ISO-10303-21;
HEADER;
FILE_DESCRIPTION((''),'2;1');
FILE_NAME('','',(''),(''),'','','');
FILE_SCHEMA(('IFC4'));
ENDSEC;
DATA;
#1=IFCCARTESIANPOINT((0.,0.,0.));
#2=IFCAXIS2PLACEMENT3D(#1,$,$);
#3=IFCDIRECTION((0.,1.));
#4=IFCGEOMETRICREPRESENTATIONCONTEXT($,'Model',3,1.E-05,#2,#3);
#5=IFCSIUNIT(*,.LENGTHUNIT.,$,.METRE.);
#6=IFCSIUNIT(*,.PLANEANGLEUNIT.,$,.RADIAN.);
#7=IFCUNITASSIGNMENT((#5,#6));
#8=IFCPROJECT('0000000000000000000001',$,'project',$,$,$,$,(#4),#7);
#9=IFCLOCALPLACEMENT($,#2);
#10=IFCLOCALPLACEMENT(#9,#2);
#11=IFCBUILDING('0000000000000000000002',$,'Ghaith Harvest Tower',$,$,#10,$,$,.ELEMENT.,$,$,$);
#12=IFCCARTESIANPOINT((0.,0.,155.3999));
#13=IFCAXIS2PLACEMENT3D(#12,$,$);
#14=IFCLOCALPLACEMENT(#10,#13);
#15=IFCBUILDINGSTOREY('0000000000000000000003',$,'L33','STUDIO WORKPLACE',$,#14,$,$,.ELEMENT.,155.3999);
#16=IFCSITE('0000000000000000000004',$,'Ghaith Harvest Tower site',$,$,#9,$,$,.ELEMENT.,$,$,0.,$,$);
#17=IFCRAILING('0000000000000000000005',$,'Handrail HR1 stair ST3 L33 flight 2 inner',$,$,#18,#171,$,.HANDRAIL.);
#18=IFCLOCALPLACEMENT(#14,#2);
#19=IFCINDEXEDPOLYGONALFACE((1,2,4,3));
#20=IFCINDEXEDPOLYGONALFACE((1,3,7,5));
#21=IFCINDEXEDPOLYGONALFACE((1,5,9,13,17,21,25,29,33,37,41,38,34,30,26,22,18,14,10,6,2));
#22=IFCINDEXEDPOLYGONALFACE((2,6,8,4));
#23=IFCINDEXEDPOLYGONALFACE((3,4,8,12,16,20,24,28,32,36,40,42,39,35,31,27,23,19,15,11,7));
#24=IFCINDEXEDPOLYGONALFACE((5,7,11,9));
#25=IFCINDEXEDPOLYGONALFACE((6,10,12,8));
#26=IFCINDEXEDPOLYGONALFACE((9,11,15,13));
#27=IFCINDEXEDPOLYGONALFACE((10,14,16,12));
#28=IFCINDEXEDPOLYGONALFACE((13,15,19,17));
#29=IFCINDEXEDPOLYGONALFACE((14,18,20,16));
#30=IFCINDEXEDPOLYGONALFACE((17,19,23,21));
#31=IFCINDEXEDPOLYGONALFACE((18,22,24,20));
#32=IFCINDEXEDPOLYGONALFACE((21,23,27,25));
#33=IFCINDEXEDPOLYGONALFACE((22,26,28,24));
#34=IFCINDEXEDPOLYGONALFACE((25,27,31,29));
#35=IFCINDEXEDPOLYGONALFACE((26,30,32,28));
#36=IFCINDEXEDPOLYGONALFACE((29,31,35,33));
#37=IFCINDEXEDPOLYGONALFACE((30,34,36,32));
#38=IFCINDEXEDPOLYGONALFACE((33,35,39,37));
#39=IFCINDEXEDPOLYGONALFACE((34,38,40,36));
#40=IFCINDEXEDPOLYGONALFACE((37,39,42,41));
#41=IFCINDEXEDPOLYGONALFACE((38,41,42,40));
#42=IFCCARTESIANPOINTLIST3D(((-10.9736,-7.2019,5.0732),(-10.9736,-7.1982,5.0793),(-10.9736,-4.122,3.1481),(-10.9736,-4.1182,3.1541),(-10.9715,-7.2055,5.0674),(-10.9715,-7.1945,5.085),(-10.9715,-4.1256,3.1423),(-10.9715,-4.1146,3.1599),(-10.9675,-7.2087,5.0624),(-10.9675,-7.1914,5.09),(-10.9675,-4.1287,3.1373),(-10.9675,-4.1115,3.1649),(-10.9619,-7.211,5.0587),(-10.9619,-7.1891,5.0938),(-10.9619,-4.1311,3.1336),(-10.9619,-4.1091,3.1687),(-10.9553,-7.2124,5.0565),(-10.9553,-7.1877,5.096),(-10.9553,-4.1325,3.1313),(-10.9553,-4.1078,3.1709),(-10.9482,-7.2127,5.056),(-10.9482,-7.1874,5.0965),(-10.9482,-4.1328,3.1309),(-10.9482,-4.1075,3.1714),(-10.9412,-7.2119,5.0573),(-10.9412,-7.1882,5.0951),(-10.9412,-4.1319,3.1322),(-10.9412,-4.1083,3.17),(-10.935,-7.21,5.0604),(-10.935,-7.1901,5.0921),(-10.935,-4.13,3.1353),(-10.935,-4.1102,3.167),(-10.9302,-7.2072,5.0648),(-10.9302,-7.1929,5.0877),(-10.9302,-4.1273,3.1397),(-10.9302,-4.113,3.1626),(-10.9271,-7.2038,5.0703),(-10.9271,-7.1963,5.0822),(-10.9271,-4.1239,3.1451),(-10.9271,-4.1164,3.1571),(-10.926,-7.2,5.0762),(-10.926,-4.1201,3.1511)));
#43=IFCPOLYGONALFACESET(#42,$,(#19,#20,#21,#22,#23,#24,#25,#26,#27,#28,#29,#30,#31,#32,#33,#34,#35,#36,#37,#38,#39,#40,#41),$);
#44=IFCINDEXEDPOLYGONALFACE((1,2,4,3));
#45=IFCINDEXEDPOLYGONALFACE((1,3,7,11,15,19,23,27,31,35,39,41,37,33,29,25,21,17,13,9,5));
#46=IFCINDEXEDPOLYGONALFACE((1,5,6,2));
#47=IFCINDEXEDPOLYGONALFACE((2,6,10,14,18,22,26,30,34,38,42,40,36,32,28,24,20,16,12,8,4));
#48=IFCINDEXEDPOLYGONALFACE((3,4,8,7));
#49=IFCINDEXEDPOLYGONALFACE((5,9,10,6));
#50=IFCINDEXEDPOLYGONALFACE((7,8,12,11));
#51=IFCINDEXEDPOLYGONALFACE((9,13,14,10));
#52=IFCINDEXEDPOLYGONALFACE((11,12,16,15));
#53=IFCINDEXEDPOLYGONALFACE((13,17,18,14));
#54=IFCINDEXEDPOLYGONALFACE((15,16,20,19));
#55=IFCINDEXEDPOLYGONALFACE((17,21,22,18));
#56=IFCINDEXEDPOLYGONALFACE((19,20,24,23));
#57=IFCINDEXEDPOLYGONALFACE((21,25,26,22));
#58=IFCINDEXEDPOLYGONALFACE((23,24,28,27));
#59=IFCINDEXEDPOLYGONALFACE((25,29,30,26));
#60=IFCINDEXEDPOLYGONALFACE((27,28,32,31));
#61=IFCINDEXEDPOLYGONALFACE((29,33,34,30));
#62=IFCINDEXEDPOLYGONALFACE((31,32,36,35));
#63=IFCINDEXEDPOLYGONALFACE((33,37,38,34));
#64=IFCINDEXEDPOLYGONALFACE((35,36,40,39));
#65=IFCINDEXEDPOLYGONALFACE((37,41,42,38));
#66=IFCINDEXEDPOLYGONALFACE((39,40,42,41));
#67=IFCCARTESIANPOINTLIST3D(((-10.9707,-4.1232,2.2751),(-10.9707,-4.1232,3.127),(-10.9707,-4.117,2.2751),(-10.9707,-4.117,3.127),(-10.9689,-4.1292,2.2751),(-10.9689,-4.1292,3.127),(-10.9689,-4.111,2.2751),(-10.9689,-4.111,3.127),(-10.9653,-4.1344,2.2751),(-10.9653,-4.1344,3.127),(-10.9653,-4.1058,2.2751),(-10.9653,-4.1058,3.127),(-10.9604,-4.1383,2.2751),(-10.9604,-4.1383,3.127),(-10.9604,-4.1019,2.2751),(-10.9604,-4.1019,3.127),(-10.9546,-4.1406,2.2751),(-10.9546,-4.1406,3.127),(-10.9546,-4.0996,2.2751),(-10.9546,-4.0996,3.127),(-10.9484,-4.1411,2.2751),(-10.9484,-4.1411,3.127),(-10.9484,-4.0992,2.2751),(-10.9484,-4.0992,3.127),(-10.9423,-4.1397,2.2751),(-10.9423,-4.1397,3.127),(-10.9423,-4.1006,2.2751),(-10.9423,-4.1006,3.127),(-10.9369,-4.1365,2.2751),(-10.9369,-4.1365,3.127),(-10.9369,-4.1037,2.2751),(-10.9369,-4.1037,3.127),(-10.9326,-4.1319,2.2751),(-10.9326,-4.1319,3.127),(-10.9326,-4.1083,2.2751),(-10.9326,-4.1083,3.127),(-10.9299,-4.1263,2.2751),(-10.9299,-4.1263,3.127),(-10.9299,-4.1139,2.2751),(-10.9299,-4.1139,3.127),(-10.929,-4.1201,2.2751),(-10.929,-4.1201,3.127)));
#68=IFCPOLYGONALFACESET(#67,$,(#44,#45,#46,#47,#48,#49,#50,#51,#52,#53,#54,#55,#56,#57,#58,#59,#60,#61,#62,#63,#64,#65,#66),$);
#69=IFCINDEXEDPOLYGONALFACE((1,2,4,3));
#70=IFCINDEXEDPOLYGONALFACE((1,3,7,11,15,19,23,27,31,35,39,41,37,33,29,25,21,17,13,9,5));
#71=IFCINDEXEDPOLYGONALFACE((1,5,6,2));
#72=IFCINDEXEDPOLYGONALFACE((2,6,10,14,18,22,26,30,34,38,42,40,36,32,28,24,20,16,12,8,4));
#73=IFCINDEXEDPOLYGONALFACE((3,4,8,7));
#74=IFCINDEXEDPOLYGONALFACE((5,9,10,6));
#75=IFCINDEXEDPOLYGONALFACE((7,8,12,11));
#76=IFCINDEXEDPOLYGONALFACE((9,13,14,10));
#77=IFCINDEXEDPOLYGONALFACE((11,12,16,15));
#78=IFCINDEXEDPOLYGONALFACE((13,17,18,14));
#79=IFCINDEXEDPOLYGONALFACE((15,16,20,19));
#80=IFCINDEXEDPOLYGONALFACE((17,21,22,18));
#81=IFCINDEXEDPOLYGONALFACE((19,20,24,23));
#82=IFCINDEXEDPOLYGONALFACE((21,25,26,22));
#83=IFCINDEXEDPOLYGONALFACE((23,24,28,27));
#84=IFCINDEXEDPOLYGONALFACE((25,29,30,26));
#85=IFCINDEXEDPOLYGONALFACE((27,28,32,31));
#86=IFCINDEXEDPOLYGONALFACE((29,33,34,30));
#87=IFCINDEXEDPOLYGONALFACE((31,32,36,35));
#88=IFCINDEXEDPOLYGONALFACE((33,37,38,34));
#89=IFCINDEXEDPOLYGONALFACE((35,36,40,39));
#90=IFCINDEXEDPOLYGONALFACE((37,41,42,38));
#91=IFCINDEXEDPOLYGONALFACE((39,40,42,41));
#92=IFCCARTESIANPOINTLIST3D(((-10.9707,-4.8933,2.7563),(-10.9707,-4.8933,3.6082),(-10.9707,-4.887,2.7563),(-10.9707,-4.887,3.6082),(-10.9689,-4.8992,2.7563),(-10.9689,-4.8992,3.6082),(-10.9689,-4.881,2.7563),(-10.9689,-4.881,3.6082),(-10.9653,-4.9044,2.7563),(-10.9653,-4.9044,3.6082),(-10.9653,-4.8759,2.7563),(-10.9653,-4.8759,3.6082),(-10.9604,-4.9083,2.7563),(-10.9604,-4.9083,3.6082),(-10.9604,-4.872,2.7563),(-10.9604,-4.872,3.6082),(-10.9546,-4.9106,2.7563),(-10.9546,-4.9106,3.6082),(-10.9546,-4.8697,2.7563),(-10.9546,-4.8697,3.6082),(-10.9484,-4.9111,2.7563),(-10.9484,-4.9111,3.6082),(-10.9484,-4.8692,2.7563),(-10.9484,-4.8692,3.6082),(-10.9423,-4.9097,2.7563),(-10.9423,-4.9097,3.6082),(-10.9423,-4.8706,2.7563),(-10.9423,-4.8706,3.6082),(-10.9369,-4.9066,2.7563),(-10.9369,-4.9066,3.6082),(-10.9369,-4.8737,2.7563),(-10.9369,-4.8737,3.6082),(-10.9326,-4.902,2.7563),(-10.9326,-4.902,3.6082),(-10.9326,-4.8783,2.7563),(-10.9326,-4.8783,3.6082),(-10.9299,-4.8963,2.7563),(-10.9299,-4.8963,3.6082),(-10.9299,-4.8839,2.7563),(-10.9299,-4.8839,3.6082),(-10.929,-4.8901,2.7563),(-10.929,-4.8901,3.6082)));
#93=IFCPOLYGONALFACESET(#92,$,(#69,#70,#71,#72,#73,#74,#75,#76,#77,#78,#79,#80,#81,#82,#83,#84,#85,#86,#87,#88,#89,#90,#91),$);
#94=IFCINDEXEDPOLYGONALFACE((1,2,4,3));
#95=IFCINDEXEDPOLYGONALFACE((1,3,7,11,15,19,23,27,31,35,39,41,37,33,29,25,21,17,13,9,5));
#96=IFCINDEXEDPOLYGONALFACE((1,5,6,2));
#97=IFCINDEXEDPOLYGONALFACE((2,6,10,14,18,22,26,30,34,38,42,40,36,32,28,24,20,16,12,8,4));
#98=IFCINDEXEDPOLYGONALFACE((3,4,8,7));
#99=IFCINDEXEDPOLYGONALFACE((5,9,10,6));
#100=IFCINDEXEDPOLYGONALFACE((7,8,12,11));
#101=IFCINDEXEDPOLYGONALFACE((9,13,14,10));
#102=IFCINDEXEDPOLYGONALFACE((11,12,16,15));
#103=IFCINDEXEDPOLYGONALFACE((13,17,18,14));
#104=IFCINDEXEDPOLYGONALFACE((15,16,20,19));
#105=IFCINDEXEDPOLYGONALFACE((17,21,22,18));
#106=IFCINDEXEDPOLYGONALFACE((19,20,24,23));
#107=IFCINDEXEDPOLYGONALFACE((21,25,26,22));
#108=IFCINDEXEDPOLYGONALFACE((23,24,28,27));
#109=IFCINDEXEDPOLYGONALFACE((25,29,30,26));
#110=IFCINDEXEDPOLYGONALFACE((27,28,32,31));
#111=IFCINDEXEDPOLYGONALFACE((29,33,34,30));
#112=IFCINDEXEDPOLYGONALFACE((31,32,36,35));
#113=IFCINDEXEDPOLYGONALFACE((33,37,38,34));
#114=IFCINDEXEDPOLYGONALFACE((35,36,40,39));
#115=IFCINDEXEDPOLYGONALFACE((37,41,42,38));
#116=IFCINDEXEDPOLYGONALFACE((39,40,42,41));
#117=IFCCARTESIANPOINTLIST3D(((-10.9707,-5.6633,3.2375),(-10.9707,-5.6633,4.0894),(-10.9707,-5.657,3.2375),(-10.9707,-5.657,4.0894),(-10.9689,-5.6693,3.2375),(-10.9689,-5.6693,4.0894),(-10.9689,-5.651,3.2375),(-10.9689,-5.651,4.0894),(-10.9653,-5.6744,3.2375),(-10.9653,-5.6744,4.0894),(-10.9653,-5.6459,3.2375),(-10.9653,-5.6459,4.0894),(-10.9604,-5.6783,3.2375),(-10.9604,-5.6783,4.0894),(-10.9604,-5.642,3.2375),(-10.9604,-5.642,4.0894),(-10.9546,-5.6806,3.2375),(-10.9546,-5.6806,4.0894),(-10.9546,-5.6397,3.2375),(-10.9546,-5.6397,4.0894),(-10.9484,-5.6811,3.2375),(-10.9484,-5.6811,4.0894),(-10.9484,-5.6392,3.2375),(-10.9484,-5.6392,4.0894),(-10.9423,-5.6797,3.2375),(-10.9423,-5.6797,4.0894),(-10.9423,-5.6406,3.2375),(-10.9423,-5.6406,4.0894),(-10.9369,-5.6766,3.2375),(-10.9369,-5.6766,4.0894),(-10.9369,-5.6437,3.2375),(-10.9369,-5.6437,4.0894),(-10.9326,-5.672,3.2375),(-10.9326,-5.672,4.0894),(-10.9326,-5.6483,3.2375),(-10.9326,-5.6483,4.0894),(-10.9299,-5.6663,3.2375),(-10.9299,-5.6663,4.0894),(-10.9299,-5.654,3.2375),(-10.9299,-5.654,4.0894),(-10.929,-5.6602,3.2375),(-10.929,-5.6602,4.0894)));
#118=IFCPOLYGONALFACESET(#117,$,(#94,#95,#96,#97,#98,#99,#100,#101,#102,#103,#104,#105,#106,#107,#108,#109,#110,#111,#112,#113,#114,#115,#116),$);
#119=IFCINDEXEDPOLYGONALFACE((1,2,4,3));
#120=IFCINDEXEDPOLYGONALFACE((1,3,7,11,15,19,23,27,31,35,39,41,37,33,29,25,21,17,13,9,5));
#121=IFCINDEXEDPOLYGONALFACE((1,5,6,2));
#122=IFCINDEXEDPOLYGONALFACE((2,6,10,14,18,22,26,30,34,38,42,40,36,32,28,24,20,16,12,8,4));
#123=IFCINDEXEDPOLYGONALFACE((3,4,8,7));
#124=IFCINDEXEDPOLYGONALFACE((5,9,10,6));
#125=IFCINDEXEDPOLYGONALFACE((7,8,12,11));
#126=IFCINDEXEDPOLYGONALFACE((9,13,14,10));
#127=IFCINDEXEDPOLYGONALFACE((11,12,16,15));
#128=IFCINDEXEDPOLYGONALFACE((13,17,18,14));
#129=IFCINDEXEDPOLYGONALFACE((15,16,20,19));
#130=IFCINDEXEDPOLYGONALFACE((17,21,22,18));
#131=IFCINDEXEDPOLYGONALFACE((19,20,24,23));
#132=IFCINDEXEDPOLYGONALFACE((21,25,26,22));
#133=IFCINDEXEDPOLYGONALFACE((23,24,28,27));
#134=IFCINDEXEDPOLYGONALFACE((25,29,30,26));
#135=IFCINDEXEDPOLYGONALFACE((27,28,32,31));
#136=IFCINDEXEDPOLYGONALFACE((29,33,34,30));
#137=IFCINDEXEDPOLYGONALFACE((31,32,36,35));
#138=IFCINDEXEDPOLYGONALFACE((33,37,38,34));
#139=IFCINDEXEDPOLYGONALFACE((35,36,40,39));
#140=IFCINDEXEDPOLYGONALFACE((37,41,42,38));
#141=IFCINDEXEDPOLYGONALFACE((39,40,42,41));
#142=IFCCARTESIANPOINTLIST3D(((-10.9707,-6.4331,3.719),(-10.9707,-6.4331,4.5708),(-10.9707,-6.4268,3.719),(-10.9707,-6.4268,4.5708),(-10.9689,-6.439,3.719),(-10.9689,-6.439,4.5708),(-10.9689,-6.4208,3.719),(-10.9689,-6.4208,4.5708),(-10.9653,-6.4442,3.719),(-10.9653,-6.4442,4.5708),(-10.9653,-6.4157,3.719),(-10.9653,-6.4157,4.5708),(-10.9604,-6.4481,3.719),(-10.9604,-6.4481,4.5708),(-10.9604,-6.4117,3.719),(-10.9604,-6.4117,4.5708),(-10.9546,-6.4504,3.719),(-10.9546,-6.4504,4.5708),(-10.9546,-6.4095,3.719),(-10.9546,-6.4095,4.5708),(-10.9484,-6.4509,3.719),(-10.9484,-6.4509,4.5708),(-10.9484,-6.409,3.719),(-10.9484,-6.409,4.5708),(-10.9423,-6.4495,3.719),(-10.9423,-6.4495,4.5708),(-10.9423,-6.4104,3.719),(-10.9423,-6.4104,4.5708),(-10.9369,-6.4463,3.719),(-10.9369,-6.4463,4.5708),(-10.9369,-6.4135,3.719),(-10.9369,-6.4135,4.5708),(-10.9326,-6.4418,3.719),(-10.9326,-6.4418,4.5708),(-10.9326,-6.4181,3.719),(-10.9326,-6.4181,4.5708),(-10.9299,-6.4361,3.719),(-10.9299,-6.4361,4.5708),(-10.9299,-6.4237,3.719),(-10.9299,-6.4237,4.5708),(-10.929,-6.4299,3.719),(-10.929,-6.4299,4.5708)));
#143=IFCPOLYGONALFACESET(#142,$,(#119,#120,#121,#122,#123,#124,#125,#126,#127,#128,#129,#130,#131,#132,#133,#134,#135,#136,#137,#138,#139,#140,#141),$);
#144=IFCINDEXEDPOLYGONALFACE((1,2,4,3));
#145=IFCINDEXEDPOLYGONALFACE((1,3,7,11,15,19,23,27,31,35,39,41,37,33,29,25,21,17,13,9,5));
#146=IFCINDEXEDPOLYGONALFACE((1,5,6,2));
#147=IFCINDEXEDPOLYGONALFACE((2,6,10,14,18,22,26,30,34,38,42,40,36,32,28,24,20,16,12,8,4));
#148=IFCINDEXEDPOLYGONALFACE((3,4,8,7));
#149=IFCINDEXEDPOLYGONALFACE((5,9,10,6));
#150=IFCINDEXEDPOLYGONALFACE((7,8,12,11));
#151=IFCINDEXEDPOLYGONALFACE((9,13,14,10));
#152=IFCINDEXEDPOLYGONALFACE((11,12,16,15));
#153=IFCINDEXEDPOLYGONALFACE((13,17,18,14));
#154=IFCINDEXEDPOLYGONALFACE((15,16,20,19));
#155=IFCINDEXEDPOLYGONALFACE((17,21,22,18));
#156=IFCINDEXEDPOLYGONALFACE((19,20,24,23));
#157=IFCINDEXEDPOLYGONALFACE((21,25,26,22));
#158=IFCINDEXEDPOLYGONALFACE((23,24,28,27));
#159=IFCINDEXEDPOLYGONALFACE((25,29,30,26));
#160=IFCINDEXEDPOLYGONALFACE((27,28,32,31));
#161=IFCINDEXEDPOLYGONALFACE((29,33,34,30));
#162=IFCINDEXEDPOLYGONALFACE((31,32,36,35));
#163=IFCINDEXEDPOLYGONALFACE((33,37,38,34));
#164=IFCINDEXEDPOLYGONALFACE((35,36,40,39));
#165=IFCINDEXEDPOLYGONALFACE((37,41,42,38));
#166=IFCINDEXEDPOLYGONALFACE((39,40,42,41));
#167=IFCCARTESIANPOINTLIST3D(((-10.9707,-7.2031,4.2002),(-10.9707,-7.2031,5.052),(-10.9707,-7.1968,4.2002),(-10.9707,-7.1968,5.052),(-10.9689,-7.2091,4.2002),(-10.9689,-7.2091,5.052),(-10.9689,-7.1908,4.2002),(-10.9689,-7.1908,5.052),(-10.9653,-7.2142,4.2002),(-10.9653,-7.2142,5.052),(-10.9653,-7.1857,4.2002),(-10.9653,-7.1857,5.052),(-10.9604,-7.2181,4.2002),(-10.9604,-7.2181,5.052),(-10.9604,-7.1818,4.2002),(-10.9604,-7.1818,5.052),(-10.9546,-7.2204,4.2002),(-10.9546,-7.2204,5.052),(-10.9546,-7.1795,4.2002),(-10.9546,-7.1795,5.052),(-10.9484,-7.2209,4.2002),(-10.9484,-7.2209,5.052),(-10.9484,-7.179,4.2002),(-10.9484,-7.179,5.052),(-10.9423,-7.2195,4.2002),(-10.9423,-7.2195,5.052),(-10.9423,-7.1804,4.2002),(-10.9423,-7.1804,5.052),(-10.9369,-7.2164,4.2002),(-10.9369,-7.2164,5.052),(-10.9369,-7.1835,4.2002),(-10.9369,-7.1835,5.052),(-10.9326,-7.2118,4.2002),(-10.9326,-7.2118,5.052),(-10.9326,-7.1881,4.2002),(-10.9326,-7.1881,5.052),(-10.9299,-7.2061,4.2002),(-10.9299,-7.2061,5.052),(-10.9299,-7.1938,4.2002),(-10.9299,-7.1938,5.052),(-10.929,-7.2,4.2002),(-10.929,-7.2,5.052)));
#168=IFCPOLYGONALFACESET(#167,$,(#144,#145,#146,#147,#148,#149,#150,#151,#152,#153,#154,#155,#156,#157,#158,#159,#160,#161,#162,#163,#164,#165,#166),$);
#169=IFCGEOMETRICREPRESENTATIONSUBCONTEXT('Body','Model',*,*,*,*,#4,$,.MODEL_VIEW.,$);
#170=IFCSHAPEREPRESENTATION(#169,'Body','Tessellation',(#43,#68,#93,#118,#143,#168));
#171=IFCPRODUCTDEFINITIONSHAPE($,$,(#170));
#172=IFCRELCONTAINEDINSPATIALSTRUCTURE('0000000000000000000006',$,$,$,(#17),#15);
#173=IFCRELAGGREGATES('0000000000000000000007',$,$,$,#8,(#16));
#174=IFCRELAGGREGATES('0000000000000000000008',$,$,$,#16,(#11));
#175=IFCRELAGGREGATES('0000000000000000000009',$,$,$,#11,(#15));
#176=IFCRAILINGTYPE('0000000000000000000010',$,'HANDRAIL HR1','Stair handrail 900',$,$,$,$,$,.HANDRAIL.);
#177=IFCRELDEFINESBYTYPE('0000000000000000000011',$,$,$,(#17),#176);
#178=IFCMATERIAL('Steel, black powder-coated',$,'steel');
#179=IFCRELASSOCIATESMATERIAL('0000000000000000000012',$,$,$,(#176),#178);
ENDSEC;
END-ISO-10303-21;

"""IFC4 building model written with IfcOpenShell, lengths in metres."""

from ifc_helpers import new_model, si_unit, direction, frame, origin, origin_2d, place, context, subcontext, project, spatial, circle, extrude, material, type_object, element, save


model = new_model("IFC4")

# Units and contexts
model_context = context("Model", 3, precision=1e-05, world=origin(), true_north=direction((0.0, 1.0)))
body_context = subcontext(model_context, "Body", "Model", "MODEL_VIEW")
ifc_project = project(units=[si_unit("LENGTHUNIT", "METRE"), si_unit("PLANEANGLEUNIT", "RADIAN")], contexts=[model_context])

# Site, building, storey
site_placement = place(None, origin())
site = spatial("IfcSite", under=ifc_project, at=site_placement, Name="Ghaith Harvest Tower site", CompositionType="ELEMENT", RefElevation=0.0)
building_placement = place(site_placement, origin())
building = spatial("IfcBuilding", under=site, at=building_placement, Name="Ghaith Harvest Tower", CompositionType="ELEMENT")
storey_placement = place(building_placement, frame((0.0, 0.0, 155.3999)))
storey = spatial("IfcBuildingStorey", under=building, at=storey_placement, Name="L33", Description="STUDIO WORKPLACE", CompositionType="ELEMENT", Elevation=155.3999)

# Railing
ifc_material_1 = material(Name="Steel, black powder-coated", Category="steel")
railing_type = type_object("IfcRailingType", Name="HANDRAIL HR1", Description="Stair handrail 900", PredefinedType="HANDRAIL", material=ifc_material_1)
railing_1_placement = place(storey_placement, frame((-10.95, -4.1201, 2.2751)))
element("IfcRailing", 1, at=railing_1_placement, inside=storey, type_object=railing_type, Name="Handrail HR1 stair ST3 L33 flight 2 inner", PredefinedType="HANDRAIL", context=body_context, shape_type="SweptSolid", body=[
    extrude(circle(Radius=0.0239, at=origin_2d()), frame((0.0, 0.0, 0.876), z_axis=(0.0, -0.847979, 0.530029), x_axis=(1.0, 0.0, 0.0)), (0.0, 0.0, 1.0), 3.6321),
    extrude(circle(Radius=0.021, at=origin_2d()), origin(), (0.0, 0.0, 1.0), 0.8518),
    extrude(circle(Radius=0.021, at=origin_2d()), frame((0.0, -0.77, 0.4812)), (0.0, 0.0, 1.0), 0.8518),
    extrude(circle(Radius=0.021, at=origin_2d()), frame((0.0, -1.54, 0.9624)), (0.0, 0.0, 1.0), 0.8518),
    extrude(circle(Radius=0.021, at=origin_2d()), frame((0.0, -2.3098, 1.4438)), (0.0, 0.0, 1.0), 0.8518),
    extrude(circle(Radius=0.021, at=origin_2d()), frame((0.0, -3.0798, 1.925)), (0.0, 0.0, 1.0), 0.8518),
])

save(model, "model.ifc")
